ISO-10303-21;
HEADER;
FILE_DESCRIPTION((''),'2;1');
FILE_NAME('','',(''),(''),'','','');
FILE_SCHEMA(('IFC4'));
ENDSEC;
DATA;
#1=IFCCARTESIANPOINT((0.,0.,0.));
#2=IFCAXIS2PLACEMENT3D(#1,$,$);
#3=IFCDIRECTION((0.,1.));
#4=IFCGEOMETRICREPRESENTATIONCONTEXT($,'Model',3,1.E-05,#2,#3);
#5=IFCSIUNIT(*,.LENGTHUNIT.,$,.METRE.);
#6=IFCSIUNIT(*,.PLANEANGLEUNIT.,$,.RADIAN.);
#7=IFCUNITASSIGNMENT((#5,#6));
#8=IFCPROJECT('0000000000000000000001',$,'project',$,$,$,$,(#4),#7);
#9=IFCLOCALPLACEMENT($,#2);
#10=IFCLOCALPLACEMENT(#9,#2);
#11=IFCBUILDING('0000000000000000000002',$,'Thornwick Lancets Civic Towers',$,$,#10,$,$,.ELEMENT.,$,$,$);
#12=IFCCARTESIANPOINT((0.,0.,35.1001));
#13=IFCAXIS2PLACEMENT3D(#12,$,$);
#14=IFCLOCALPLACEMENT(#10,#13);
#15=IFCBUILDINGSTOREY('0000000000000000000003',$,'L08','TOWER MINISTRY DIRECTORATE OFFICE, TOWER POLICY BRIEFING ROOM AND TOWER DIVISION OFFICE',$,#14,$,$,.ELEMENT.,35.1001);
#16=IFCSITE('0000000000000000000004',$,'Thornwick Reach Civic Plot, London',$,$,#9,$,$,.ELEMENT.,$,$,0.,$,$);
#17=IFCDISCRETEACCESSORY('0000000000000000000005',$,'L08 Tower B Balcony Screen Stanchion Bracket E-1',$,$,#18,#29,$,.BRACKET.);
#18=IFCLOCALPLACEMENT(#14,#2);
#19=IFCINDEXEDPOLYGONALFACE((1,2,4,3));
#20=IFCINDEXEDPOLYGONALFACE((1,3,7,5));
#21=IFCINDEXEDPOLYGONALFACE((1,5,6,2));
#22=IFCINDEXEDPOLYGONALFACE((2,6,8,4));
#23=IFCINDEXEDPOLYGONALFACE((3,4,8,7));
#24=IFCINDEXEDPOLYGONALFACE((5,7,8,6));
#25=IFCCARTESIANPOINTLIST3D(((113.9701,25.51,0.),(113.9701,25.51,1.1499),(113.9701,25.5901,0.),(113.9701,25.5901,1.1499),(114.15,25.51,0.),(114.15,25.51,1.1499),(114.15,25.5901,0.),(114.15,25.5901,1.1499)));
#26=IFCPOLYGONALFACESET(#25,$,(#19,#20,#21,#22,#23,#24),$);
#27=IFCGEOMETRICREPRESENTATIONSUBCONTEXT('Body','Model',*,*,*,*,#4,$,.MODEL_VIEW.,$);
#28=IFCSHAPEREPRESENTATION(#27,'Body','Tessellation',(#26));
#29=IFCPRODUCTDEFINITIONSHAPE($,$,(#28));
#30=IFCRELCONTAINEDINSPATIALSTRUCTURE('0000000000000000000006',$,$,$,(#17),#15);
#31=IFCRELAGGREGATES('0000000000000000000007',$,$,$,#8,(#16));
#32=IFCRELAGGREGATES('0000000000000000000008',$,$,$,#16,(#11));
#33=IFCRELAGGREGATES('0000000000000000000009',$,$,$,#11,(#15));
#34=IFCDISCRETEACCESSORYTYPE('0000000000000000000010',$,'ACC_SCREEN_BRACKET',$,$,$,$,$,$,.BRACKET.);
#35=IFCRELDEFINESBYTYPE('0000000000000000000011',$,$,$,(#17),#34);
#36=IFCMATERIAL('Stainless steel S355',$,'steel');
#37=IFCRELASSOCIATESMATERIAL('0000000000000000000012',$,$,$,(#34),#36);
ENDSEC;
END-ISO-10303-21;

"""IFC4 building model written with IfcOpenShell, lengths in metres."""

from ifc_helpers import new_model, si_unit, direction, frame, origin, origin_2d, place, context, subcontext, project, spatial, rectangle, extrude, material, type_object, element, save


model = new_model("IFC4")

# Units and contexts
model_context = context("Model", 3, precision=1e-05, world=origin(), true_north=direction((0.0, 1.0)))
body_context = subcontext(model_context, "Body", "Model", "MODEL_VIEW")
ifc_project = project(units=[si_unit("LENGTHUNIT", "METRE"), si_unit("PLANEANGLEUNIT", "RADIAN")], contexts=[model_context])

# Site, building, storey
site_placement = place(None, origin())
site = spatial("IfcSite", under=ifc_project, at=site_placement, Name="Thornwick Reach Civic Plot, London", CompositionType="ELEMENT", RefElevation=0.0)
building_placement = place(site_placement, origin())
building = spatial("IfcBuilding", under=site, at=building_placement, Name="Thornwick Lancets Civic Towers", CompositionType="ELEMENT")
storey_placement = place(building_placement, frame((0.0, 0.0, 35.1001)))
storey = spatial("IfcBuildingStorey", under=building, at=storey_placement, Name="L08", Description="TOWER MINISTRY DIRECTORATE OFFICE, TOWER POLICY BRIEFING ROOM AND TOWER DIVISION OFFICE", CompositionType="ELEMENT", Elevation=35.1001)

# Discrete accessory
ifc_material_1 = material(Name="Stainless steel S355", Category="steel")
discrete_accessory_type = type_object("IfcDiscreteAccessoryType", Name="ACC_SCREEN_BRACKET", PredefinedType="BRACKET", material=ifc_material_1)
discrete_accessory_placement = place(storey_placement, frame((114.0601, 25.55, 0.0), z_axis=(0.0, 0.0, 1.0), x_axis=(0.0, 1.0, 0.0)))
element("IfcDiscreteAccessory", 1, at=discrete_accessory_placement, inside=storey, type_object=discrete_accessory_type, Name="L08 Tower B Balcony Screen Stanchion Bracket E-1", PredefinedType="BRACKET", context=body_context, shape_type="SweptSolid", body=[
    extrude(rectangle(XDim=0.0801, YDim=0.1799, at=origin_2d()), origin(), (0.0, 0.0, 1.0), 1.1499),
])

save(model, "model.ifc")
